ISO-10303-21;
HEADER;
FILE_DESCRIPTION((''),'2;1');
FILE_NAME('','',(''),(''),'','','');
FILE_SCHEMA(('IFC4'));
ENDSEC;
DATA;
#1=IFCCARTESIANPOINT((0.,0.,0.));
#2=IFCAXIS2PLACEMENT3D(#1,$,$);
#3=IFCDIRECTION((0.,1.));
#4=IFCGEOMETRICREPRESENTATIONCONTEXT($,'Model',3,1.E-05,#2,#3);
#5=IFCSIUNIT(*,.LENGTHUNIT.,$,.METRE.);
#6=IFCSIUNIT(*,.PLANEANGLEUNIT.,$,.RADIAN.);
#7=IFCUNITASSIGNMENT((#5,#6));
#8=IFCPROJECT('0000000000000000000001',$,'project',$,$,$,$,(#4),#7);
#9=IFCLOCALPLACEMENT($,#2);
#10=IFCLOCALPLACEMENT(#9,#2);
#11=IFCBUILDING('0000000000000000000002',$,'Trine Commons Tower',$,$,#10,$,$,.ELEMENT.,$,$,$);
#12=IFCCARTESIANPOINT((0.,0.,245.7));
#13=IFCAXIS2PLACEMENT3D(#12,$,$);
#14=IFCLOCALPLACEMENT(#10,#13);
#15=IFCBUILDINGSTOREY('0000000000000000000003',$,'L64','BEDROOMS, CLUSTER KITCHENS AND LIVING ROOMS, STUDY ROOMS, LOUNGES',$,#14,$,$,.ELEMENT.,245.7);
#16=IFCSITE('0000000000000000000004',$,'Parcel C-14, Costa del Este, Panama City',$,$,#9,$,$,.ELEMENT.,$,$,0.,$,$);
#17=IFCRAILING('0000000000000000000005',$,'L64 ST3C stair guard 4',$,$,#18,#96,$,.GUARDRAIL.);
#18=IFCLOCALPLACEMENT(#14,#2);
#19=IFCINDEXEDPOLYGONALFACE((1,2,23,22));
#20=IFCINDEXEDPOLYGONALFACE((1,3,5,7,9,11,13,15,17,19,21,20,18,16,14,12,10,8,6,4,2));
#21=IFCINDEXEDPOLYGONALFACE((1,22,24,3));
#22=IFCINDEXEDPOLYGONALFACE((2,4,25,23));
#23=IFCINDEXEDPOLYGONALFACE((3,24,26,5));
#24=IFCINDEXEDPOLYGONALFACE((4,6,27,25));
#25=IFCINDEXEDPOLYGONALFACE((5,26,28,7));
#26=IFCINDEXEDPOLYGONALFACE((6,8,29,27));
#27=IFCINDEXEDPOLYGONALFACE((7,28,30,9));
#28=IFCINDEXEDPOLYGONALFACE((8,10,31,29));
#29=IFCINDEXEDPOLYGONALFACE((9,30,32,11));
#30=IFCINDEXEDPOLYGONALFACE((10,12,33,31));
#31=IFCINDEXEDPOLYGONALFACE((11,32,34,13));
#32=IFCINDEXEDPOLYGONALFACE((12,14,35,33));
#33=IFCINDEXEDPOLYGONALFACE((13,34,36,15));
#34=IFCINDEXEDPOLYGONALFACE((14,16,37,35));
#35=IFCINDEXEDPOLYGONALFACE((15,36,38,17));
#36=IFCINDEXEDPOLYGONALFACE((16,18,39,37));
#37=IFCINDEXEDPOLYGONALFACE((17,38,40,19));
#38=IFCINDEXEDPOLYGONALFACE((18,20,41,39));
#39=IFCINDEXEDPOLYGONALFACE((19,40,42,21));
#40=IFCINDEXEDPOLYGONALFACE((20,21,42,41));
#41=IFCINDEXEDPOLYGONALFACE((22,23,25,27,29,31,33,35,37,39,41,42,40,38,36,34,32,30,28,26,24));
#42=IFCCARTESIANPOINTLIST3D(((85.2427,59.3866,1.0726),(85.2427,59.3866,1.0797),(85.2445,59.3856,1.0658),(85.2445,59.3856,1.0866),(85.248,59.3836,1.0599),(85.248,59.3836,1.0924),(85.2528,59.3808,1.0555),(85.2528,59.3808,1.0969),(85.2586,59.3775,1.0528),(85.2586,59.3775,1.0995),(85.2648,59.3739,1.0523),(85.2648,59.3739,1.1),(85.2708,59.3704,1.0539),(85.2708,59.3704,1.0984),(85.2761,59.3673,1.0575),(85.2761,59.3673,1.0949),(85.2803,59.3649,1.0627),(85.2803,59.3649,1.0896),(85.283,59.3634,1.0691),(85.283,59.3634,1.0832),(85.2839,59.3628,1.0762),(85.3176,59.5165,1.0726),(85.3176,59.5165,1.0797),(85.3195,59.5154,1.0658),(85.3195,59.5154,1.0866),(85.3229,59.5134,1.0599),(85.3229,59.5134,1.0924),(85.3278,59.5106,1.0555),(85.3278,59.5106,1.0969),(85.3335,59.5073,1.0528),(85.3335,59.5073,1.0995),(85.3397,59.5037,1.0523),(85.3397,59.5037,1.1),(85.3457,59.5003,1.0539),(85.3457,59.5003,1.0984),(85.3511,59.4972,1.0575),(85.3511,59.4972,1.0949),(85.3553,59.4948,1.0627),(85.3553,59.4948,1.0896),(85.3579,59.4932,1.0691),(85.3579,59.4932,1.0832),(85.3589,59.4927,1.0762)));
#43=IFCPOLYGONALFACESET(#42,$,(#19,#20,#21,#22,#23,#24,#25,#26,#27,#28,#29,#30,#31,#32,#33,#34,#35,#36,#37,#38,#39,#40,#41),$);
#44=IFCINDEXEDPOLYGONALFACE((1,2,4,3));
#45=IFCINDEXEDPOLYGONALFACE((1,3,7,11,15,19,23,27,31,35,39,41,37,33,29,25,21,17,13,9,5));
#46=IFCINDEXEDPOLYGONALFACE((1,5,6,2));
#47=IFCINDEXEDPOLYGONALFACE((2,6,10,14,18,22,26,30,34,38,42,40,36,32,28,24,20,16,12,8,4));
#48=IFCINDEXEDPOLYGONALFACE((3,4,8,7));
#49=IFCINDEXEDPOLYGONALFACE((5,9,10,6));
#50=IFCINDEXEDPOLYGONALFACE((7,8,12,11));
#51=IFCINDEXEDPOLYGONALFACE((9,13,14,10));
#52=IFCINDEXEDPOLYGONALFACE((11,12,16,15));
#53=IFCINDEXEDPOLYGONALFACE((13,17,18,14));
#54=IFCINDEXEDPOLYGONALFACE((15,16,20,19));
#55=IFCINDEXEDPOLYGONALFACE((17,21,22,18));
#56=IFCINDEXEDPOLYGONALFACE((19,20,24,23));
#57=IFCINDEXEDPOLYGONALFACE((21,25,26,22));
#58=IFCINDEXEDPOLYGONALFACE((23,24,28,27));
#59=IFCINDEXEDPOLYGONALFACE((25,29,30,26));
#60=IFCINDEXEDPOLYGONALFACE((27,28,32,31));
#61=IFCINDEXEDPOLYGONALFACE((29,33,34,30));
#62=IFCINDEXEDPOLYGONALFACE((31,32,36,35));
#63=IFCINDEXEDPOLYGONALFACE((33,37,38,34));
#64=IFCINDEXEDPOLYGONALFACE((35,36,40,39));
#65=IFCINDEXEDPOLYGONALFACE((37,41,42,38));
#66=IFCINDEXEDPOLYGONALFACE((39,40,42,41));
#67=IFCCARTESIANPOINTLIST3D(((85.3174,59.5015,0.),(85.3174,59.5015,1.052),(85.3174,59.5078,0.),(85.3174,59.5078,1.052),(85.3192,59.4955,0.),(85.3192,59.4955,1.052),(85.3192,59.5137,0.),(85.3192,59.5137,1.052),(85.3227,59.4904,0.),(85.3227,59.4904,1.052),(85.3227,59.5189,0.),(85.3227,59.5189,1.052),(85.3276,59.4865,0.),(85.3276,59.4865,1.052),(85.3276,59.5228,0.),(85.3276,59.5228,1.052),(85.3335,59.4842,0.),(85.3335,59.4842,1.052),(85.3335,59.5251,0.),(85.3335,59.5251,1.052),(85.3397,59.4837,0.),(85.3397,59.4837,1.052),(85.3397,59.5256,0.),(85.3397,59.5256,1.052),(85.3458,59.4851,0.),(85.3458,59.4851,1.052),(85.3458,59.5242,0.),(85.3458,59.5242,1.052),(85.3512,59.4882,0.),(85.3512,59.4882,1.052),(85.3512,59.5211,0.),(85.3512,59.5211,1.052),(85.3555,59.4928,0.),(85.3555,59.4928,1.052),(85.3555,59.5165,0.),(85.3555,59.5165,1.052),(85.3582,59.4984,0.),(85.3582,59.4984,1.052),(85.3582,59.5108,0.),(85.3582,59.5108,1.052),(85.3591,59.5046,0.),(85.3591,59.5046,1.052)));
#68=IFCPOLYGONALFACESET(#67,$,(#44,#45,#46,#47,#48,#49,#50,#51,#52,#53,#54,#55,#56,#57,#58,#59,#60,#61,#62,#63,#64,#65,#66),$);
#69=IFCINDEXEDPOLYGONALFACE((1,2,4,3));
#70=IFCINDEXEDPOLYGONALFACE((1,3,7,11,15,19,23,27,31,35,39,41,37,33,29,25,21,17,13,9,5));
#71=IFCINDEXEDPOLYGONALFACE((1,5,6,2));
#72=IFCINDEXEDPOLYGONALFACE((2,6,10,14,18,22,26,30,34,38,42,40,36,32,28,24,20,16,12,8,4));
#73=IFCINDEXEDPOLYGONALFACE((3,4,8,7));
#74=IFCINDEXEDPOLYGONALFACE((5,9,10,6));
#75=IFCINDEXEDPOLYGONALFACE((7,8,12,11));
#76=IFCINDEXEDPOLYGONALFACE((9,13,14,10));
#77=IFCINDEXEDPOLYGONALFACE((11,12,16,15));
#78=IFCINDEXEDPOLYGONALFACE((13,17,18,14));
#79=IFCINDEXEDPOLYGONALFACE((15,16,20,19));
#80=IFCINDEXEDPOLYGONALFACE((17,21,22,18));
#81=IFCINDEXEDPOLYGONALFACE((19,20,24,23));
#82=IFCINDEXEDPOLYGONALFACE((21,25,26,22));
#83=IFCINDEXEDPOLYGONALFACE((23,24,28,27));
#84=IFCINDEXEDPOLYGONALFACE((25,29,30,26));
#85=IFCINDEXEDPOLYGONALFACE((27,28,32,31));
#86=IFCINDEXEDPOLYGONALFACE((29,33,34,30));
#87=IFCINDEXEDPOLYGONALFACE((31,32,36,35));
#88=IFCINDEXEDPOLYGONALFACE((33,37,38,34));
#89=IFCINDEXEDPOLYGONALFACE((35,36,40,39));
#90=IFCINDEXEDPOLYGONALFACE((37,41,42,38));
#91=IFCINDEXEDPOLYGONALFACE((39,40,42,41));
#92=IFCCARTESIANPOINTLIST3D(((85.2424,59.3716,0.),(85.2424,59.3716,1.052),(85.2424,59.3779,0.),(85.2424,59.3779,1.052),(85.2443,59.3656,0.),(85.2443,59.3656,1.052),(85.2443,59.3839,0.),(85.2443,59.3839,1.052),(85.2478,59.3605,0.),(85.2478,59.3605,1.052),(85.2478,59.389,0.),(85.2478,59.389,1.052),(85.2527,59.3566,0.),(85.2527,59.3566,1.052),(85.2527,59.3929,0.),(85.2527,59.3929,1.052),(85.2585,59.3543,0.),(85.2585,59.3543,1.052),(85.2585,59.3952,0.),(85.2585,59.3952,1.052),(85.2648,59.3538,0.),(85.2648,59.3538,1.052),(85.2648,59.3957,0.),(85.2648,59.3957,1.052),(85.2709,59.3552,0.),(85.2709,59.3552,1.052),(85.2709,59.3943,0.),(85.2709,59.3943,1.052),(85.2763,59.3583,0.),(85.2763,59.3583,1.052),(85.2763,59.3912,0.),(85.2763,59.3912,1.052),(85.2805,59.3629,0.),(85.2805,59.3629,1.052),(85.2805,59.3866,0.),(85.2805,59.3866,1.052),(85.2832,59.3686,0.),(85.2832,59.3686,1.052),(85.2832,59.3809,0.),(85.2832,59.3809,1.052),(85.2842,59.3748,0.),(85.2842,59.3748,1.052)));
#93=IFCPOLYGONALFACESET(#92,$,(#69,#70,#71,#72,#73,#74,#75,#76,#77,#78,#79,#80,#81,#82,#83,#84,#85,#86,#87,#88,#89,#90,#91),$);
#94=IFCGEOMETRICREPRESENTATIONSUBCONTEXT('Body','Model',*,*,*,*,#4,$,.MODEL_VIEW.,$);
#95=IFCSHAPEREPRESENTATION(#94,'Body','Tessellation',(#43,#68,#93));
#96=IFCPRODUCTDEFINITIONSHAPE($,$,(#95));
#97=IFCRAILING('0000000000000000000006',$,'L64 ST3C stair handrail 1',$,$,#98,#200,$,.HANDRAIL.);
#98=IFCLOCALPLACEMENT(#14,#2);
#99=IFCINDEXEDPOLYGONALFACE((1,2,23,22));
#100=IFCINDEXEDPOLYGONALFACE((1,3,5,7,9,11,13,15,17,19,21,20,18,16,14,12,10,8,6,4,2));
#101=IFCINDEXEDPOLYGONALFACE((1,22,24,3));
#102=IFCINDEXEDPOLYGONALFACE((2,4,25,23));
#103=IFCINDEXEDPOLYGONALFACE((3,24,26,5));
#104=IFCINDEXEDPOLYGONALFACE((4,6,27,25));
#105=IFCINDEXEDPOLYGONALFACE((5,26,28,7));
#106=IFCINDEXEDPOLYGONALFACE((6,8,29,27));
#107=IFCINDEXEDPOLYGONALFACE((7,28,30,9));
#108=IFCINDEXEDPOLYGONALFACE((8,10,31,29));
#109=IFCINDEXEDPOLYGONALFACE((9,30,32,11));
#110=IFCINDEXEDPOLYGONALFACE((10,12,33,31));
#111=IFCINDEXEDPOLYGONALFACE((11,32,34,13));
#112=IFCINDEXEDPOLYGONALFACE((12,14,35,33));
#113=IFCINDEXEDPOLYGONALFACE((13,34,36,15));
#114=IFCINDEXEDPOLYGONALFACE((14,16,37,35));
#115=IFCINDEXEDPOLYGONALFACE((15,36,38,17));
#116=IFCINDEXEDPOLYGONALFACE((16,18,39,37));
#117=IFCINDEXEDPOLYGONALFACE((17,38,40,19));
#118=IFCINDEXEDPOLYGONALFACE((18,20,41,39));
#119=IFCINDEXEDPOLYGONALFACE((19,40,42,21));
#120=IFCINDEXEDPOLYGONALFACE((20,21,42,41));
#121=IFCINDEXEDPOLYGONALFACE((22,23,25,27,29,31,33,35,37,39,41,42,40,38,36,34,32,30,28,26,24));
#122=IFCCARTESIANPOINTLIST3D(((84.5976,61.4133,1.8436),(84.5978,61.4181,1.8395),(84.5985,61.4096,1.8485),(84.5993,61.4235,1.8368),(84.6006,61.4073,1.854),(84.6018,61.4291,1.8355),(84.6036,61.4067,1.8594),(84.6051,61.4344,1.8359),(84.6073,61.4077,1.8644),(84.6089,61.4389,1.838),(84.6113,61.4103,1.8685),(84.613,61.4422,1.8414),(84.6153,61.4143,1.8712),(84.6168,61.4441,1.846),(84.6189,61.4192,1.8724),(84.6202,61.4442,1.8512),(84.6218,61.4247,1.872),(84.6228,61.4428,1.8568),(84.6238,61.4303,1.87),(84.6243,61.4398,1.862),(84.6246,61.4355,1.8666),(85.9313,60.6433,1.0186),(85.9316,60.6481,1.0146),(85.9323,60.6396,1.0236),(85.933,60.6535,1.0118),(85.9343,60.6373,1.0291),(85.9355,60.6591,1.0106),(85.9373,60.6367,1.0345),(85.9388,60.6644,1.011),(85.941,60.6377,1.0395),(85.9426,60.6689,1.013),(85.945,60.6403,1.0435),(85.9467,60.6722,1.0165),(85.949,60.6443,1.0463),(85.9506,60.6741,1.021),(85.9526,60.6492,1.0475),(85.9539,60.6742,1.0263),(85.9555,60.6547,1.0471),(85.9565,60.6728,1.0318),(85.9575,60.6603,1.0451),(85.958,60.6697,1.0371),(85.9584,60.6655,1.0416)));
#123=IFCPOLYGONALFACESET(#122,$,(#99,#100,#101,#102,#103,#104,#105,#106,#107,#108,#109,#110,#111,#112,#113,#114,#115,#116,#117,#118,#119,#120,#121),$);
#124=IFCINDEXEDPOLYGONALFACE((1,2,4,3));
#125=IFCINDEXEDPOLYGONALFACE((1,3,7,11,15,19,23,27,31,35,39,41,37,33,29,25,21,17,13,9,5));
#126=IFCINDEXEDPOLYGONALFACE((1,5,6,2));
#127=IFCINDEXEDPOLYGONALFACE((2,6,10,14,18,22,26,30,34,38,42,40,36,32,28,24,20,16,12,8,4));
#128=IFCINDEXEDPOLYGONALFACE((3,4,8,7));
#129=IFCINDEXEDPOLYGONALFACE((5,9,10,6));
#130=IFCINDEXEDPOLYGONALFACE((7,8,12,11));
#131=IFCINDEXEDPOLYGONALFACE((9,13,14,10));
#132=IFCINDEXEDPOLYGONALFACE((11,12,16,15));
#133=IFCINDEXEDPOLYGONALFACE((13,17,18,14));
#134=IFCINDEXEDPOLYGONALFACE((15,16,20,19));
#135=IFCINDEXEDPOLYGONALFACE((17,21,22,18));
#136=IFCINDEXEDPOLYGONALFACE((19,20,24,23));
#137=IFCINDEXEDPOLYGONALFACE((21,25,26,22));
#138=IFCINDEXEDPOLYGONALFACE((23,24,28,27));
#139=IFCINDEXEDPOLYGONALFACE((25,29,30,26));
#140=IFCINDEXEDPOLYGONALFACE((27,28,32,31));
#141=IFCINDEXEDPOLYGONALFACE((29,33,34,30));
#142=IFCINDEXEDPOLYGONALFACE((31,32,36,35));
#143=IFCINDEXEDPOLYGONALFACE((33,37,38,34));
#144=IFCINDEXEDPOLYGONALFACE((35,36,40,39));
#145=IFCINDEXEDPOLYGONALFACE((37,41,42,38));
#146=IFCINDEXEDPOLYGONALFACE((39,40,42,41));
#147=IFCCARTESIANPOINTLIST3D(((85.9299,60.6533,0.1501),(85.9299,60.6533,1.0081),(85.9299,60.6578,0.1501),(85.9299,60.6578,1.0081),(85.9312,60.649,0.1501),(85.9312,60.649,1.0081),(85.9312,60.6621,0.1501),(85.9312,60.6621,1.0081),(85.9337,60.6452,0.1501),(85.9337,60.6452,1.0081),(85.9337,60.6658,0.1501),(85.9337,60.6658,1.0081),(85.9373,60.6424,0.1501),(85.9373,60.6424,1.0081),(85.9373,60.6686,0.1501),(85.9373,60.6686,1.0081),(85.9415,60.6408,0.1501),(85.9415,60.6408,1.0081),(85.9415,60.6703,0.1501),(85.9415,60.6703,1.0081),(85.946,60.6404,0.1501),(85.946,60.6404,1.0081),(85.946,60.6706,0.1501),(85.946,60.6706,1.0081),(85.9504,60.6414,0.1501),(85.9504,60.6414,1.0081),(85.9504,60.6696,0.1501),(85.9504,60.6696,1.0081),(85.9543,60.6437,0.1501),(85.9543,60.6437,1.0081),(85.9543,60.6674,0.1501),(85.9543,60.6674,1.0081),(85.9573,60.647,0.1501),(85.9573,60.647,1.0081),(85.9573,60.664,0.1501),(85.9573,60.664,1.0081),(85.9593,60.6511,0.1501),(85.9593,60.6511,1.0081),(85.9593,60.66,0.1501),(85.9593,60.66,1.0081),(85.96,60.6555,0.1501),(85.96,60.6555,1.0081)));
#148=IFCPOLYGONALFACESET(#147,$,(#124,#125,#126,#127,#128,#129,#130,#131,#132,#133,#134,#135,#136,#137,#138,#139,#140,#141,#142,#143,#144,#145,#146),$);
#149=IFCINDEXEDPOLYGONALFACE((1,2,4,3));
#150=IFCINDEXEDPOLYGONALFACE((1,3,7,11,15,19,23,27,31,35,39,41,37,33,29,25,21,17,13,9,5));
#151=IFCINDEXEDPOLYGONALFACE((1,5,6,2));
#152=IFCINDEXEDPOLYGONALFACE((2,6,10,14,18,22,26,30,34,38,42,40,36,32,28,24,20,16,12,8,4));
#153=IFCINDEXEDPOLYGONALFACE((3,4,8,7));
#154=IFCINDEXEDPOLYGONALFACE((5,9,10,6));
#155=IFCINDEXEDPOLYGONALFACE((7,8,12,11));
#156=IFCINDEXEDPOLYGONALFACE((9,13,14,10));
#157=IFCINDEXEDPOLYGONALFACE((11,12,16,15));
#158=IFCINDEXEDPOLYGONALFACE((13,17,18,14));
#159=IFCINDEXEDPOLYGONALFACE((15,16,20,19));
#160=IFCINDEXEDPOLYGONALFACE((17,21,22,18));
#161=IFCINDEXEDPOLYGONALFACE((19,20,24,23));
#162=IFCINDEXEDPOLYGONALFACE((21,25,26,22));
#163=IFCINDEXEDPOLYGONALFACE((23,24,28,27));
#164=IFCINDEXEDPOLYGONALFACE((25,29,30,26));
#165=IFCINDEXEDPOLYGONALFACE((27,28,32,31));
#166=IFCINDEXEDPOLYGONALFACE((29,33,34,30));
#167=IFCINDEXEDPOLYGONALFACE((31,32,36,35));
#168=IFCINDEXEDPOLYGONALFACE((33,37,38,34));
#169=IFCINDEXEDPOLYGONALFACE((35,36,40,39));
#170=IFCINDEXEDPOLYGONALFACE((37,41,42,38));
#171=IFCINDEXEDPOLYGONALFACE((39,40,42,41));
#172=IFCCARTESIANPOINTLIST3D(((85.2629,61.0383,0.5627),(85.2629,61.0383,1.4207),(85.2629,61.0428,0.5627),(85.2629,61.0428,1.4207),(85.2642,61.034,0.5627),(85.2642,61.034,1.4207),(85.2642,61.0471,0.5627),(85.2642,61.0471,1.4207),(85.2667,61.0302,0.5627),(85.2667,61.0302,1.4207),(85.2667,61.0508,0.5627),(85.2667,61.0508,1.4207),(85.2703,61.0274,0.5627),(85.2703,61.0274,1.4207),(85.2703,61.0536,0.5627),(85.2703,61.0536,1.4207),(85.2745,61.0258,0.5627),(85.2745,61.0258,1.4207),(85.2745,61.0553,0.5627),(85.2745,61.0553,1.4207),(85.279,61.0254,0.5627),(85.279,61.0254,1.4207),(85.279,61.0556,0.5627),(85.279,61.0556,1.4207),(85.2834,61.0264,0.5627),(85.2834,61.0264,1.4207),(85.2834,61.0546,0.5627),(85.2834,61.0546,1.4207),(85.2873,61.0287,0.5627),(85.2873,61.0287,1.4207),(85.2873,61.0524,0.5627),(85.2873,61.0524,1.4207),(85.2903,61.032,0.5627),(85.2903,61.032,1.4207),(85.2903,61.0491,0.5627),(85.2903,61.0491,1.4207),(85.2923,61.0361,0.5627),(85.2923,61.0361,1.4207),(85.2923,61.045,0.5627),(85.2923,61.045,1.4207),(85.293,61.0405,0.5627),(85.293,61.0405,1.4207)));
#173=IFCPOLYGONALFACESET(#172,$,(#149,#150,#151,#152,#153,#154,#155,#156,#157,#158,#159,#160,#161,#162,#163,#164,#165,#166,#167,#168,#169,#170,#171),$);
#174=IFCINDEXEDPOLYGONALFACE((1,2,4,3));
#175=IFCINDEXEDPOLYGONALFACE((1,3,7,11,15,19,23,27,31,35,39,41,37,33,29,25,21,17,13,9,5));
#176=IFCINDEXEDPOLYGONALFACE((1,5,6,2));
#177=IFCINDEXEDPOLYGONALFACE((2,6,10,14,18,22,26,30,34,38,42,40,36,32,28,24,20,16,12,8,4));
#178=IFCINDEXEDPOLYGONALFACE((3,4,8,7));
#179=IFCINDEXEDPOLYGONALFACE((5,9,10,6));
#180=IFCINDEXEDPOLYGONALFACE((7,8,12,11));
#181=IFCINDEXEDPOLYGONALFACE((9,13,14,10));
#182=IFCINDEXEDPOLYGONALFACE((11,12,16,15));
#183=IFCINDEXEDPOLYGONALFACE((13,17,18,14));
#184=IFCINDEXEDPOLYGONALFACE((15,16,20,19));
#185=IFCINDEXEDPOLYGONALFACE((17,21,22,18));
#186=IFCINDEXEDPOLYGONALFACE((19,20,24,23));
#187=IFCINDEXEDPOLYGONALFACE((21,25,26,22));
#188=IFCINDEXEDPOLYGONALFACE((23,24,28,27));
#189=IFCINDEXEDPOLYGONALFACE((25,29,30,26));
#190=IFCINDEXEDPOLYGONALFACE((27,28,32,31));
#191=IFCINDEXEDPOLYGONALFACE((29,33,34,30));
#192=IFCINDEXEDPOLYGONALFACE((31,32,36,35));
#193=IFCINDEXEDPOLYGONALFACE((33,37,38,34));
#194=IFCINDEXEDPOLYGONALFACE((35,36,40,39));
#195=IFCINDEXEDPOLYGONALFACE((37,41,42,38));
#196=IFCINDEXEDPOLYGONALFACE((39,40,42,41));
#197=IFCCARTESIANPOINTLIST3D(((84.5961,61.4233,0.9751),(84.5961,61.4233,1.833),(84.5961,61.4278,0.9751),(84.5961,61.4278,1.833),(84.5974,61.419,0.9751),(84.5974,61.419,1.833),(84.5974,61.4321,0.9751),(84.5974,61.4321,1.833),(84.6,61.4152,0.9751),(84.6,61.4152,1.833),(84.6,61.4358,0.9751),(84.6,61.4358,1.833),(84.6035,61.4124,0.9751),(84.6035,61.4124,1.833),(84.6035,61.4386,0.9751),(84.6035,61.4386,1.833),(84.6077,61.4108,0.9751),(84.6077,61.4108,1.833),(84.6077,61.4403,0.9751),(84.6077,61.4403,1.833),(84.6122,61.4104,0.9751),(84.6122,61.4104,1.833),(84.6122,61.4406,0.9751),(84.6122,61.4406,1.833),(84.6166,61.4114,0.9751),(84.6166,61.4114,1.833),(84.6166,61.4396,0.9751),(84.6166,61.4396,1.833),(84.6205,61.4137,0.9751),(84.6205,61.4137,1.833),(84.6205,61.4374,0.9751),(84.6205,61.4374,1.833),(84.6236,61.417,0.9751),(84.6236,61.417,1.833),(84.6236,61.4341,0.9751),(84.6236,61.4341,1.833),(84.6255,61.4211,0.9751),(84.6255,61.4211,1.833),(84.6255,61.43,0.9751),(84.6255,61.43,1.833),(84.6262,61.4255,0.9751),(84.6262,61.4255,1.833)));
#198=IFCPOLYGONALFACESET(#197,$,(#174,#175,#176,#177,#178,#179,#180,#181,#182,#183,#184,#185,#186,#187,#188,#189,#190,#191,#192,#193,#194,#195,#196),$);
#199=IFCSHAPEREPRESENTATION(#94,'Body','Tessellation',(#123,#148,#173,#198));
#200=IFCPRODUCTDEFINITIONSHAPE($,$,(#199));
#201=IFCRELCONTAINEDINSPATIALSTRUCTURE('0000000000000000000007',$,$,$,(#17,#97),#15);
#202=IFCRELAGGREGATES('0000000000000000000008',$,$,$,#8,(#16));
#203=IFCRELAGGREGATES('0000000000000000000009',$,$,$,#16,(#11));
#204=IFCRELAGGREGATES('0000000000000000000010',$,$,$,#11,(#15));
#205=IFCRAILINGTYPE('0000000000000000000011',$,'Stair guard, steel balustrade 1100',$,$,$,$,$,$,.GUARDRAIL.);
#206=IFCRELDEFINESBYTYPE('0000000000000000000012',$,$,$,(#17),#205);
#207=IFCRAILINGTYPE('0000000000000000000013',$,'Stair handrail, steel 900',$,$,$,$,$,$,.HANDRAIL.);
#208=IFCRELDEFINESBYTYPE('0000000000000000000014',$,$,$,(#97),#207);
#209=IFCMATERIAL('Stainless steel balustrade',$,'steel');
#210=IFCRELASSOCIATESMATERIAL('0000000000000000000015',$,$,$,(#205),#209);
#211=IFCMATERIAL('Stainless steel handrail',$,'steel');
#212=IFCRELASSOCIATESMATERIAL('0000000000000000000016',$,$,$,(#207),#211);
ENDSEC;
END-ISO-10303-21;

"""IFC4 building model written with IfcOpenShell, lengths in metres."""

from ifc_helpers import new_model, si_unit, direction, frame, origin, origin_2d, place, context, subcontext, project, spatial, circle, extrude, material, type_object, element, save


model = new_model("IFC4")

# Units and contexts
model_context = context("Model", 3, precision=1e-05, world=origin(), true_north=direction((0.0, 1.0)))
body_context = subcontext(model_context, "Body", "Model", "MODEL_VIEW")
ifc_project = project(units=[si_unit("LENGTHUNIT", "METRE"), si_unit("PLANEANGLEUNIT", "RADIAN")], contexts=[model_context])

# Site, building, storey
site_placement = place(None, origin())
site = spatial("IfcSite", under=ifc_project, at=site_placement, Name="Parcel C-14, Costa del Este, Panama City", CompositionType="ELEMENT", RefElevation=0.0)
building_placement = place(site_placement, origin())
building = spatial("IfcBuilding", under=site, at=building_placement, Name="Trine Commons Tower", CompositionType="ELEMENT")
storey_placement = place(building_placement, frame((0.0, 0.0, 245.7)))
storey = spatial("IfcBuildingStorey", under=building, at=storey_placement, Name="L64", Description="BEDROOMS, CLUSTER KITCHENS AND LIVING ROOMS, STUDY ROOMS, LOUNGES", CompositionType="ELEMENT", Elevation=245.7)

# Railings
ifc_material_1 = material(Name="Stainless steel balustrade", Category="steel")
railing_type_1 = type_object("IfcRailingType", Name="Stair guard, steel balustrade 1100", PredefinedType="GUARDRAIL", material=ifc_material_1)
railing_1_placement = place(storey_placement, frame((85.3381, 59.5046, 0.0)))
element("IfcRailing", 1, at=railing_1_placement, inside=storey, type_object=railing_type_1, Name="L64 ST3C stair guard 4", PredefinedType="GUARDRAIL", context=body_context, shape_type="SweptSolid", body=[
    extrude(circle(Radius=0.0239, at=origin_2d()), frame((0.0, 0.0, 1.0762), z_axis=(-0.499816, -0.866131, 0.0), x_axis=(0.866131, -0.499816, 0.0)), (0.0, 0.0, 1.0), 0.1499),
    extrude(circle(Radius=0.021, at=origin_2d()), origin(), (0.0, 0.0, 1.0), 1.052),
    extrude(circle(Radius=0.021, at=origin_2d()), frame((-0.075, -0.1299, 0.0)), (0.0, 0.0, 1.0), 1.052),
])
ifc_material_2 = material(Name="Stainless steel handrail", Category="steel")
railing_type_2 = type_object("IfcRailingType", Name="Stair handrail, steel 900", PredefinedType="HANDRAIL", material=ifc_material_2)
railing_2_placement = place(storey_placement, frame((85.9448, 60.6555, 0.1501)))
element("IfcRailing", 2, at=railing_2_placement, inside=storey, type_object=railing_type_2, Name="L64 ST3C stair handrail 1", PredefinedType="HANDRAIL", context=body_context, shape_type="SweptSolid", body=[
    extrude(circle(Radius=0.021, at=origin_2d()), frame((0.0, 0.0, 0.8789), z_axis=(-0.763405, 0.440743, 0.472185), x_axis=(-0.499992, -0.86603, 0.0)), (0.0, 0.0, 1.0), 1.7471),
    extrude(circle(Radius=0.0151, at=origin_2d()), origin(), (0.0, 0.0, 1.0), 0.8579),
    extrude(circle(Radius=0.0151, at=origin_2d()), frame((-0.667, 0.385, 0.4126)), (0.0, 0.0, 1.0), 0.8579),
    extrude(circle(Radius=0.0151, at=origin_2d()), frame((-1.3337, 0.77, 0.825)), (0.0, 0.0, 1.0), 0.8579),
])

save(model, "model.ifc")
